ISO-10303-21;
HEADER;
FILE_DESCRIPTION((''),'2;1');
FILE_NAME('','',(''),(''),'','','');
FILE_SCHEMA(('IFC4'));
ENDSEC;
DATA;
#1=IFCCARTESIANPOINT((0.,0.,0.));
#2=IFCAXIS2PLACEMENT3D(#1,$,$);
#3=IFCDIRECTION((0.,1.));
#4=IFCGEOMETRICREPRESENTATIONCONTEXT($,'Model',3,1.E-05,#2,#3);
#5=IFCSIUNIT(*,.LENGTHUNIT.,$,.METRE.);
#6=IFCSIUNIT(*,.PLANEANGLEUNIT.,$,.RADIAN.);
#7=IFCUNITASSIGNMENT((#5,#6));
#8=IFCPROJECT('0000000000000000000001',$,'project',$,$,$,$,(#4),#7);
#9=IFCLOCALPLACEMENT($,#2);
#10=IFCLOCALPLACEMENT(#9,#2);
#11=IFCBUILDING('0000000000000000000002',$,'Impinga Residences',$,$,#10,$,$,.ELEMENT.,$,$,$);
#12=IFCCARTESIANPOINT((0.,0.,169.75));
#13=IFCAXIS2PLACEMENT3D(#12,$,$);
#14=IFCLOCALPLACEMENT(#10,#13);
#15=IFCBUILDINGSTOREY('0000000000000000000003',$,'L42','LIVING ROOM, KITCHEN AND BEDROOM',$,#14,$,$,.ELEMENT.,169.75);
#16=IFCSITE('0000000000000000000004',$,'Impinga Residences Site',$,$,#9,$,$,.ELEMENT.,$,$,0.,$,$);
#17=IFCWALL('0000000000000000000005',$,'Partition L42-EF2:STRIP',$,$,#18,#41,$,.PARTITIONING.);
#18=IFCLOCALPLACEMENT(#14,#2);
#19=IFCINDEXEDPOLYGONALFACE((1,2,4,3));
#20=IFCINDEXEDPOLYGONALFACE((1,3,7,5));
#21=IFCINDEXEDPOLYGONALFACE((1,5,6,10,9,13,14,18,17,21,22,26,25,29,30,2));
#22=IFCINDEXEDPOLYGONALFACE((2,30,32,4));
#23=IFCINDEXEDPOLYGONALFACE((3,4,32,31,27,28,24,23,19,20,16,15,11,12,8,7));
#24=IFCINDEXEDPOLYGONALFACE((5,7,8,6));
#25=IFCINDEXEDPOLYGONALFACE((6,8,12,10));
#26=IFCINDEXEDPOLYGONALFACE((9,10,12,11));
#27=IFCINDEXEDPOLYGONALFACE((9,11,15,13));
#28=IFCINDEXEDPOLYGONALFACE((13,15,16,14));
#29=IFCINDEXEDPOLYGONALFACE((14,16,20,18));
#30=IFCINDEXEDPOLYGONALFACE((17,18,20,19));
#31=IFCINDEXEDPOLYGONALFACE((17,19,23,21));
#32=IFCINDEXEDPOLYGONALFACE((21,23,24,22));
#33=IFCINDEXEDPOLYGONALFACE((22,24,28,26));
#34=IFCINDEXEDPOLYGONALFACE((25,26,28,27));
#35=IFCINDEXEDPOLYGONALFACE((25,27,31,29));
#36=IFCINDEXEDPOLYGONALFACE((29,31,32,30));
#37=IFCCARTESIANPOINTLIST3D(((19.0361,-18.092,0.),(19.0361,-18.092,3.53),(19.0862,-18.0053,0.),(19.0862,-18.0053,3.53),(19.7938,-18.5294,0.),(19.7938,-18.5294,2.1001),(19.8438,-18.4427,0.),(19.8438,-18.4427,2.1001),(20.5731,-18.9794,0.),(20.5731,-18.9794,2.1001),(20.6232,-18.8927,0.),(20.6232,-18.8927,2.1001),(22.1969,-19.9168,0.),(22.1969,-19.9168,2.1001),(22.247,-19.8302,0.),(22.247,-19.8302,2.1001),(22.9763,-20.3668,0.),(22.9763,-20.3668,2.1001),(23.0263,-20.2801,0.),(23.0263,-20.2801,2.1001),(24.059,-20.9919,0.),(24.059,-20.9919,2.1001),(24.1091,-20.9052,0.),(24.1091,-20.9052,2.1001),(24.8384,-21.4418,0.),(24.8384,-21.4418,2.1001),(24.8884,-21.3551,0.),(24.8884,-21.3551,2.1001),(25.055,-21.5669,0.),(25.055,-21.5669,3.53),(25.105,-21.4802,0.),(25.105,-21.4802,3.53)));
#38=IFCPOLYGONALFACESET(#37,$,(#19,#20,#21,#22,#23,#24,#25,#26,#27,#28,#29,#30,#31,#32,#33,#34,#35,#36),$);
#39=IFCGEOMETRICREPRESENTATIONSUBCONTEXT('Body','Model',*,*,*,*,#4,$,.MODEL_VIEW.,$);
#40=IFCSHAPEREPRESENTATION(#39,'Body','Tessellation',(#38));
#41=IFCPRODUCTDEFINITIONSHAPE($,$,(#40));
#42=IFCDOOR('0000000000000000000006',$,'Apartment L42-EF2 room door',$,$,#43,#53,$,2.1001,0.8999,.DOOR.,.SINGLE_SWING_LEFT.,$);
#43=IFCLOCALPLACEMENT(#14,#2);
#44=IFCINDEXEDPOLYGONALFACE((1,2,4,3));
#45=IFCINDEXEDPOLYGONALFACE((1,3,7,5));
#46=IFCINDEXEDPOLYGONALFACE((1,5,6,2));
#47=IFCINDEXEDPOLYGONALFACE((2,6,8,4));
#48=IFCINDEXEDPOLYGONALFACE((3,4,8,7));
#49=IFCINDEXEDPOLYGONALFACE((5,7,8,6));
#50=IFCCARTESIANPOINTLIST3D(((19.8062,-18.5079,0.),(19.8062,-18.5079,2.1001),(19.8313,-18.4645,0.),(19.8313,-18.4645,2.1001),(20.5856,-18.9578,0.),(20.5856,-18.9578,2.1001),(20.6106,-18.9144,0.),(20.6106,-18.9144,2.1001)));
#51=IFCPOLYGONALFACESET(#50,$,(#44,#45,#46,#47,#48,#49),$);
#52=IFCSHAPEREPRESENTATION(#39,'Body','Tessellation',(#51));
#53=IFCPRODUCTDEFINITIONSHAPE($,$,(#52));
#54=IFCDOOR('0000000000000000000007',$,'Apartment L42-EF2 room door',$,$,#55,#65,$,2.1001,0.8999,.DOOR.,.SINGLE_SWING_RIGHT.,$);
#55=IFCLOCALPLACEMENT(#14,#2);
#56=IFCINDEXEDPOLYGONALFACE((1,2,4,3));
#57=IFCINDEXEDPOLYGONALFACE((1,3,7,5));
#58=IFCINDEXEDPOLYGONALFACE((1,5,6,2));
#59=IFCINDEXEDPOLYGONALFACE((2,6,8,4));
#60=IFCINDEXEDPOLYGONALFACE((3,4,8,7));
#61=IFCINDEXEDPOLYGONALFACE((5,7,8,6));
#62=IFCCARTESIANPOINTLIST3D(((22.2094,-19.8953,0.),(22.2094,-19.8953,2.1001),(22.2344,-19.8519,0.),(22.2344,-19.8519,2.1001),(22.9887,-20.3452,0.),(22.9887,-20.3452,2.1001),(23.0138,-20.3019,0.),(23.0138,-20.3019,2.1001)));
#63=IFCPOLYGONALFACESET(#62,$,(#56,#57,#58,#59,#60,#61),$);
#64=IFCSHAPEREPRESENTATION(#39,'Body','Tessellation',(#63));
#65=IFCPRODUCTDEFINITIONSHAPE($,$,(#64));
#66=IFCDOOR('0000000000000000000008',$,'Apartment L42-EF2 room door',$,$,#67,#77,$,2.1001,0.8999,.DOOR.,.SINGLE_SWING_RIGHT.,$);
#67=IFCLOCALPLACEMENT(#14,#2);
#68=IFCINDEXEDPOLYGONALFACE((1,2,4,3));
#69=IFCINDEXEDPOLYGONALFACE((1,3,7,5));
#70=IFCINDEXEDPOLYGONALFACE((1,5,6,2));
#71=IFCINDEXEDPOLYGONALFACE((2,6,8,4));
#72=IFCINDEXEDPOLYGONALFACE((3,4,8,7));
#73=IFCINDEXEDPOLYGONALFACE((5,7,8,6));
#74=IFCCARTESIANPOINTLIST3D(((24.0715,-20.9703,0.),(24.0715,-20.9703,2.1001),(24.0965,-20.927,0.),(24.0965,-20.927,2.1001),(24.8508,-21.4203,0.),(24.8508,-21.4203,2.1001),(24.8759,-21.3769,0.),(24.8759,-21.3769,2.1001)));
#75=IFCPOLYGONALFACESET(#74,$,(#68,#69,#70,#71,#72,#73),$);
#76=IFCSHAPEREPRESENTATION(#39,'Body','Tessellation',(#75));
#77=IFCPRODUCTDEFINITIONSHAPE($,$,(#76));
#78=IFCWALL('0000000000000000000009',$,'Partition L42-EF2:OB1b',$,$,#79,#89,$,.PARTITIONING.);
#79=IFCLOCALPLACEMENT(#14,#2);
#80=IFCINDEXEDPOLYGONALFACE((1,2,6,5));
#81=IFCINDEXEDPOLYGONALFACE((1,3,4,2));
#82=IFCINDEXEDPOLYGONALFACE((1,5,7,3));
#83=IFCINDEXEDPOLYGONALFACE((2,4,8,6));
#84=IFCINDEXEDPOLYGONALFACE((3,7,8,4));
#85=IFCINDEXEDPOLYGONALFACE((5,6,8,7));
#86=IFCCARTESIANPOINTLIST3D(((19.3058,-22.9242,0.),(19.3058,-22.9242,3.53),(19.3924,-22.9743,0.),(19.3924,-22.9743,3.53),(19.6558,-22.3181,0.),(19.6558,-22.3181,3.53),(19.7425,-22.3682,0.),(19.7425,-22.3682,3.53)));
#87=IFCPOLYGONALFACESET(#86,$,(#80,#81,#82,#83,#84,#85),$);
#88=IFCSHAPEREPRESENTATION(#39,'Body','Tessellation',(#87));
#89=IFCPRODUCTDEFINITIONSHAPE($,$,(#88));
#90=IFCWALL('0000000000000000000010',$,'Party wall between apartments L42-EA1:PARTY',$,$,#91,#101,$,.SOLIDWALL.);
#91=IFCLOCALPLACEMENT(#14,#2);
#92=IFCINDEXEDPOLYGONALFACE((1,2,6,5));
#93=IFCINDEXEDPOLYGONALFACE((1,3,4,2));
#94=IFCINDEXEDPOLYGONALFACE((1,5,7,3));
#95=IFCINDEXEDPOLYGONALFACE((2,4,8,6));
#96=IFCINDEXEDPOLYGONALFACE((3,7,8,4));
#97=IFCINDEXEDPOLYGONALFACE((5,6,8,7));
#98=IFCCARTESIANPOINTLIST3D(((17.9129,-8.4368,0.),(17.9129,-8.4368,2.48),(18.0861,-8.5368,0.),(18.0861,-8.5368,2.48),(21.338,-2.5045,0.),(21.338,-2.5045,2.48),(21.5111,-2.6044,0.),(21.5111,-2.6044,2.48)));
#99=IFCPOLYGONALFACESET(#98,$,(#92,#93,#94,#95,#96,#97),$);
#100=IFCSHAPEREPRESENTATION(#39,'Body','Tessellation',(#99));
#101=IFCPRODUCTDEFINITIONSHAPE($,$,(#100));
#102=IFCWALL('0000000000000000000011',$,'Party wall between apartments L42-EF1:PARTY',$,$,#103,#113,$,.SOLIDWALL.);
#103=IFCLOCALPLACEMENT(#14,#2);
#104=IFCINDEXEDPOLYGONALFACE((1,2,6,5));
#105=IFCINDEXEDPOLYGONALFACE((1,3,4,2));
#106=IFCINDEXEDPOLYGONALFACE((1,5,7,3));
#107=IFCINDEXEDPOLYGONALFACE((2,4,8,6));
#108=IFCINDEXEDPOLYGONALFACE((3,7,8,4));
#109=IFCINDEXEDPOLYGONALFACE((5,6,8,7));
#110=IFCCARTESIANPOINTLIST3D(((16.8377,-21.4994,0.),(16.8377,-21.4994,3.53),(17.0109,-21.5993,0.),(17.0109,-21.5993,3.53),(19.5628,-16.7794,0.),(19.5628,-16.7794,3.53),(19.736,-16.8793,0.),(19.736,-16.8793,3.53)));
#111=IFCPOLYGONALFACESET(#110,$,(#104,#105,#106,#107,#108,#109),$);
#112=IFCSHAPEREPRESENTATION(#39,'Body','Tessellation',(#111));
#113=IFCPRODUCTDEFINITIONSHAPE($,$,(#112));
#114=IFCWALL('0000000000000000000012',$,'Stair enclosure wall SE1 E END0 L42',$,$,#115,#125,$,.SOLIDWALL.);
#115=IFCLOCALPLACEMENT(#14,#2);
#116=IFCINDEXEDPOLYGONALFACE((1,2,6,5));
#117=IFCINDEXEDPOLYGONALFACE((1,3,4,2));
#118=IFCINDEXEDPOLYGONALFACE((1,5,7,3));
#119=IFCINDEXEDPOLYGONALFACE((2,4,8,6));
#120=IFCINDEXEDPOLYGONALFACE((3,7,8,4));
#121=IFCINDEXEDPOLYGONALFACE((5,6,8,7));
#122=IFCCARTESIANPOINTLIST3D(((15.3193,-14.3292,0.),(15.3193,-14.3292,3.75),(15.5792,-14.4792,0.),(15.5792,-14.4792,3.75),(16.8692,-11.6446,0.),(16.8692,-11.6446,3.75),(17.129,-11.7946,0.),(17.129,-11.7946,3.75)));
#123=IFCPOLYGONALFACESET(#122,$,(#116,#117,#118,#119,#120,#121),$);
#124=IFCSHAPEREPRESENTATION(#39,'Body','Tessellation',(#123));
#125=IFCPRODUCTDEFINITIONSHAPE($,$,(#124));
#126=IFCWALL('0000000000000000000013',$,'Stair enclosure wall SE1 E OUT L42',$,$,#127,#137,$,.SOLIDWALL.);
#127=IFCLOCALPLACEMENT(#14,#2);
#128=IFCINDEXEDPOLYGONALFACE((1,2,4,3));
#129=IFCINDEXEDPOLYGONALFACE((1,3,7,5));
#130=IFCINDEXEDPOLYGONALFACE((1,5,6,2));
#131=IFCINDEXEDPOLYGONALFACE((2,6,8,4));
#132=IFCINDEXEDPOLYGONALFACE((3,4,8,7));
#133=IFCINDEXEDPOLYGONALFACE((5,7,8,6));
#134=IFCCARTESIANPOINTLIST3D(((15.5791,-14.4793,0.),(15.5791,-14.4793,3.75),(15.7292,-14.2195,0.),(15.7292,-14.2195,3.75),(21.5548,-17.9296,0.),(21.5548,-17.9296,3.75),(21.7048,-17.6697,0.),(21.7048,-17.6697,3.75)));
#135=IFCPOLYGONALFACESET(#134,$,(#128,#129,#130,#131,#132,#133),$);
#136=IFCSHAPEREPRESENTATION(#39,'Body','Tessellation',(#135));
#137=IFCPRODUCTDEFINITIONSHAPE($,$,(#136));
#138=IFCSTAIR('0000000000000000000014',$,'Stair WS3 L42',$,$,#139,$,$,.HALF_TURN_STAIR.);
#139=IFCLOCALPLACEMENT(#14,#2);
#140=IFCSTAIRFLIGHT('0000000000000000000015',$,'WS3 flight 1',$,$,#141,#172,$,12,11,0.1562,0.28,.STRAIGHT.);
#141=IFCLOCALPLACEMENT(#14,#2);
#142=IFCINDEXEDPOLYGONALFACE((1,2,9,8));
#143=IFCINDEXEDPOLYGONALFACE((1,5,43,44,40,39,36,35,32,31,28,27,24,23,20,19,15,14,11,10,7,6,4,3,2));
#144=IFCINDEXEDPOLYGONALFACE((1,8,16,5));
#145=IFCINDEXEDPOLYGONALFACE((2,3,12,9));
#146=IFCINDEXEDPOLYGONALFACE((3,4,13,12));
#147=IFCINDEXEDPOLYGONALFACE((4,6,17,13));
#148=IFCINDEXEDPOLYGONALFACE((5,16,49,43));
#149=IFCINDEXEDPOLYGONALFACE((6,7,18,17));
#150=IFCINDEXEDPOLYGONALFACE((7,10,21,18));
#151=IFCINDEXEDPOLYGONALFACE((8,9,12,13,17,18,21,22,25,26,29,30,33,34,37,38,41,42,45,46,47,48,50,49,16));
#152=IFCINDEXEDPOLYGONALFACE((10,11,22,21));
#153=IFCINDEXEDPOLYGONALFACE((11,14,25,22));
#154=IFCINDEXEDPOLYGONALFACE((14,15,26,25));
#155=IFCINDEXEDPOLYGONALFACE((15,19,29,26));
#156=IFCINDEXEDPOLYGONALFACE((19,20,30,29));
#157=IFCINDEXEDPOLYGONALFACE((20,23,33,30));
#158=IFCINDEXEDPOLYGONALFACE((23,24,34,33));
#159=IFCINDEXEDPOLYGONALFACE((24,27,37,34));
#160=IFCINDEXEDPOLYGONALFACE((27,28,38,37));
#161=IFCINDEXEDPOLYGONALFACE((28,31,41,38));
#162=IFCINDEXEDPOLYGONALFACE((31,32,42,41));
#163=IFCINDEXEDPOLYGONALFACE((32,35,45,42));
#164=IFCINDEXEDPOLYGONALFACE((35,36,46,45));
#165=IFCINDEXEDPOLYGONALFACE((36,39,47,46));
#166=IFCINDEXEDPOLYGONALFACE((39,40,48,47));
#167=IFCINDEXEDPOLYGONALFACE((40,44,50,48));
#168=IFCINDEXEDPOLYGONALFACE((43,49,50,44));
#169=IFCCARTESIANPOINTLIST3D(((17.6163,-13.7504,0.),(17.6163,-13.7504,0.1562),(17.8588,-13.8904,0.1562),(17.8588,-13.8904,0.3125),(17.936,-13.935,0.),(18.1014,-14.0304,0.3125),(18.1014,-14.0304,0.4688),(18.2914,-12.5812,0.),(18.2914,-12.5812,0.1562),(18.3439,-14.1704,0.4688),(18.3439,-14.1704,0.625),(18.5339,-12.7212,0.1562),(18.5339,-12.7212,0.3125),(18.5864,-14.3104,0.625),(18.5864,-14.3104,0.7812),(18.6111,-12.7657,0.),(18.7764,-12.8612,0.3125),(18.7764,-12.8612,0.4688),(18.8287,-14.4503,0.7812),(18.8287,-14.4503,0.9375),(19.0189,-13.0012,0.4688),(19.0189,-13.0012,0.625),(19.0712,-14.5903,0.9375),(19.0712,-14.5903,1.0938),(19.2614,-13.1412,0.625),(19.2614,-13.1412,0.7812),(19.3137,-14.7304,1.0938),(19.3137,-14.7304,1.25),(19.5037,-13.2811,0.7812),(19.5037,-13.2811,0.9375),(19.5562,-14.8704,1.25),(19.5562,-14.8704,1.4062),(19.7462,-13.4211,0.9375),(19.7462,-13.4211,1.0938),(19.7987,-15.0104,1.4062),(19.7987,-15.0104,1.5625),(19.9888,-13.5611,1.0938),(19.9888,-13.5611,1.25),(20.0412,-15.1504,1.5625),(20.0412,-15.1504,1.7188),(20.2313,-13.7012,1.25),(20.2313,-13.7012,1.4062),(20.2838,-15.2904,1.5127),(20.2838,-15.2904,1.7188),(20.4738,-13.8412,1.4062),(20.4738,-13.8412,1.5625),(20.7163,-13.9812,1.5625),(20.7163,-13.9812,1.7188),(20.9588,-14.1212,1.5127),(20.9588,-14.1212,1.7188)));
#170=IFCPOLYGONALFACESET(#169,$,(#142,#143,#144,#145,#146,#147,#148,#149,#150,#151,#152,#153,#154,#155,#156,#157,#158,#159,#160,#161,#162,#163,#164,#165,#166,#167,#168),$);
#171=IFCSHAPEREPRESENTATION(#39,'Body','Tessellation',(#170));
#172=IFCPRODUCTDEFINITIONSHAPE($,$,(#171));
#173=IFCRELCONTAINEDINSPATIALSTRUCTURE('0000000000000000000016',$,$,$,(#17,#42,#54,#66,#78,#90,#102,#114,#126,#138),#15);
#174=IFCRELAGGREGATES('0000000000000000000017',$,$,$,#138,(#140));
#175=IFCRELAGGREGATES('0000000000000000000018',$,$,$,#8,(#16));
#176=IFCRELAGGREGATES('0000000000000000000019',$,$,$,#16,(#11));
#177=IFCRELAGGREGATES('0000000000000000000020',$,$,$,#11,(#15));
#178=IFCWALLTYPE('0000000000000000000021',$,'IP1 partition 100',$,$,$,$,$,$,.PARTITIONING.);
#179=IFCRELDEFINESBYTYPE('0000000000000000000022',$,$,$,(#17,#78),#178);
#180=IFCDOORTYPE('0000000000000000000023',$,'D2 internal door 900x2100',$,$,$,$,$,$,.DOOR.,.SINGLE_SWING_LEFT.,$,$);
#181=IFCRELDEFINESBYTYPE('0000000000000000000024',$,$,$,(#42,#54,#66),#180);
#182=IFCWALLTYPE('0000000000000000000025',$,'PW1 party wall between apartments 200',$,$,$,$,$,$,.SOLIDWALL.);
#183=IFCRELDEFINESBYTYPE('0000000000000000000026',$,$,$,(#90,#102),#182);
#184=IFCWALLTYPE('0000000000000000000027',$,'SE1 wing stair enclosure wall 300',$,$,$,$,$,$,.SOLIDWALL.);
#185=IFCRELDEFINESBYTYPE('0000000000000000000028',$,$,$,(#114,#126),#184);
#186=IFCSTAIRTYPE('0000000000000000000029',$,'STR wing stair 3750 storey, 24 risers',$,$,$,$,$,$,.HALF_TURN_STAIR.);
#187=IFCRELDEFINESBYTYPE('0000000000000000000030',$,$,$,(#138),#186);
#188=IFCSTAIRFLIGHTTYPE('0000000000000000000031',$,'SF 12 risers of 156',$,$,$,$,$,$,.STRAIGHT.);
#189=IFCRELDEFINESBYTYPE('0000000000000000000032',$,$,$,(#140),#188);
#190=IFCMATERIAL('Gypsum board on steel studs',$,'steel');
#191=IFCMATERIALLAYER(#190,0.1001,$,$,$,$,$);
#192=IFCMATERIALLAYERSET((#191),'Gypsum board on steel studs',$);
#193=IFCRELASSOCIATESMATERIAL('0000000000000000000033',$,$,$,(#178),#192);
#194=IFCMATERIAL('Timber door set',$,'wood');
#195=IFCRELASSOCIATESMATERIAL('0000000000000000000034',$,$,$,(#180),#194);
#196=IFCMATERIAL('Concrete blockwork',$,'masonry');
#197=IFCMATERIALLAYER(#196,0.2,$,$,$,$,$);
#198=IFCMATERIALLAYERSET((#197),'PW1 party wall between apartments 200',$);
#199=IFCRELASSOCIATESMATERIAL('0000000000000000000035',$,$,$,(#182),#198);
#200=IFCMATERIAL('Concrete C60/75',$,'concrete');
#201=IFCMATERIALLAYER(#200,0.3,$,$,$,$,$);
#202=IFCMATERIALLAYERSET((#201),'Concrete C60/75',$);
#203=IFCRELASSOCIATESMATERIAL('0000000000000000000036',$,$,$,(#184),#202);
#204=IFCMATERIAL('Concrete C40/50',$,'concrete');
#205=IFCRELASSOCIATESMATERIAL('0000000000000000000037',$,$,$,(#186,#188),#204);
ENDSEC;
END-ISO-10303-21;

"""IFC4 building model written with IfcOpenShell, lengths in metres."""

from ifc_helpers import new_model, si_unit, direction, frame, frame_2d, origin, place, context, subcontext, project, spatial, polyline, rectangle, outline, extrude, material, layer, layer_set, type_object, element, fill, aggregate, save


model = new_model("IFC4")

# Units and contexts
model_context = context("Model", 3, precision=1e-05, world=origin(), true_north=direction((0.0, 1.0)))
body_context = subcontext(model_context, "Body", "Model", "MODEL_VIEW")
ifc_project = project(units=[si_unit("LENGTHUNIT", "METRE"), si_unit("PLANEANGLEUNIT", "RADIAN")], contexts=[model_context])

# Site, building, storey
site_placement = place(None, origin())
site = spatial("IfcSite", under=ifc_project, at=site_placement, Name="Impinga Residences Site", CompositionType="ELEMENT", RefElevation=0.0)
building_placement = place(site_placement, origin())
building = spatial("IfcBuilding", under=site, at=building_placement, Name="Impinga Residences", CompositionType="ELEMENT")
storey_placement = place(building_placement, frame((0.0, 0.0, 169.75)))
storey = spatial("IfcBuildingStorey", under=building, at=storey_placement, Name="L42", Description="LIVING ROOM, KITCHEN AND BEDROOM", CompositionType="ELEMENT", Elevation=169.75)

# Shared definitions
ifc_material_1 = material(Name="Concrete C60/75", Category="concrete")

# Shared definitions
ifc_material_2 = material(Name="Gypsum board on steel studs", Category="steel")
ifc_layer_1 = layer(ifc_material_2, 0.1001)
ifc_layer_set_1 = layer_set([ifc_layer_1], Name="Gypsum board on steel studs")
wall_type_1 = type_object("IfcWallType", Name="IP1 partition 100", PredefinedType="PARTITIONING", material=ifc_layer_set_1)

# Shared definitions
ifc_material_3 = material(Name="Timber door set", Category="wood")
door_type = type_object("IfcDoorType", Name="D2 internal door 900x2100", OperationType="SINGLE_SWING_LEFT", PredefinedType="DOOR", material=ifc_material_3)

# Wall, openings, doors
wall_1_placement = place(storey_placement, frame((19.061, -18.0486, 0.0), z_axis=(0.0, 0.0, 1.0), x_axis=(0.866032, -0.499989, 0.0)))
wall_1 = element("IfcWall", 1, at=wall_1_placement, inside=storey, type_object=wall_type_1, Name="Partition L42-EF2:STRIP", PredefinedType="PARTITIONING", context=body_context, shape_type="SweptSolid", body=[
    extrude(rectangle(XDim=6.95, YDim=0.1001, at=frame_2d((3.4751, 0.0))), origin(), (0.0, 0.0, 1.0), 3.53),
])
opening_1_placement = place(wall_1_placement, frame((0.875, 0.0, 0.0)))
opening_1 = element("IfcOpeningElement", 2, at=opening_1_placement, cuts=wall_1, PredefinedType="OPENING", context=body_context, shape_type="SweptSolid", body=[
    extrude(rectangle(XDim=0.8999, YDim=2.1001, at=frame_2d((0.45, 1.05))), frame((0.0, 0.0601, 0.0), z_axis=(0.0, -1.0, 0.0), x_axis=(1.0, 0.0, 0.0)), (0.0, 0.0, 1.0), 0.1201),
])
opening_2_placement = place(wall_1_placement, frame((3.6499, 0.0, 0.0)))
opening_2 = element("IfcOpeningElement", 3, at=opening_2_placement, cuts=wall_1, PredefinedType="OPENING", context=body_context, shape_type="SweptSolid", body=[
    extrude(rectangle(XDim=0.8999, YDim=2.1001, at=frame_2d((0.45, 1.05))), frame((0.0, 0.0601, 0.0), z_axis=(0.0, -1.0, 0.0), x_axis=(1.0, 0.0, 0.0)), (0.0, 0.0, 1.0), 0.1201),
])
opening_3_placement = place(wall_1_placement, frame((5.8, 0.0, 0.0)))
opening_3 = element("IfcOpeningElement", 4, at=opening_3_placement, cuts=wall_1, PredefinedType="OPENING", context=body_context, shape_type="SweptSolid", body=[
    extrude(rectangle(XDim=0.8999, YDim=2.1001, at=frame_2d((0.45, 1.05))), frame((0.0, 0.0601, 0.0), z_axis=(0.0, -1.0, 0.0), x_axis=(1.0, 0.0, 0.0)), (0.0, 0.0, 1.0), 0.1201),
])
door_1_placement = place(opening_1_placement, origin())
door_1 = element("IfcDoor", 5, at=door_1_placement, inside=storey, type_object=door_type, Name="Apartment L42-EF2 room door", OperationType="SINGLE_SWING_LEFT", OverallHeight=2.1001, OverallWidth=0.8999, PredefinedType="DOOR", context=body_context, shape_type="SweptSolid", body=[
    extrude(rectangle(XDim=0.8999, YDim=2.1001, at=frame_2d((0.45, 1.05))), frame((0.0, 0.0249, 0.0), z_axis=(0.0, -1.0, 0.0), x_axis=(1.0, 0.0, 0.0)), (0.0, 0.0, 1.0), 0.05),
])
fill(opening_1, door_1)
door_2_placement = place(opening_2_placement, origin())
door_2 = element("IfcDoor", 6, at=door_2_placement, inside=storey, type_object=door_type, Name="Apartment L42-EF2 room door", OperationType="SINGLE_SWING_RIGHT", OverallHeight=2.1001, OverallWidth=0.8999, PredefinedType="DOOR", context=body_context, shape_type="SweptSolid", body=[
    extrude(rectangle(XDim=0.8999, YDim=2.1001, at=frame_2d((0.45, 1.05))), frame((0.0, 0.0249, 0.0), z_axis=(0.0, -1.0, 0.0), x_axis=(1.0, 0.0, 0.0)), (0.0, 0.0, 1.0), 0.05),
])
fill(opening_2, door_2)
door_3_placement = place(opening_3_placement, origin())
door_3 = element("IfcDoor", 7, at=door_3_placement, inside=storey, type_object=door_type, Name="Apartment L42-EF2 room door", OperationType="SINGLE_SWING_RIGHT", OverallHeight=2.1001, OverallWidth=0.8999, PredefinedType="DOOR", context=body_context, shape_type="SweptSolid", body=[
    extrude(rectangle(XDim=0.8999, YDim=2.1001, at=frame_2d((0.45, 1.05))), frame((0.0, 0.0249, 0.0), z_axis=(0.0, -1.0, 0.0), x_axis=(1.0, 0.0, 0.0)), (0.0, 0.0, 1.0), 0.05),
])
fill(opening_3, door_3)

# Walls
wall_2_placement = place(storey_placement, frame((19.6992, -22.343, 0.0), z_axis=(0.0, 0.0, 1.0), x_axis=(-0.500115, -0.865959, 0.0)))
element("IfcWall", 8, at=wall_2_placement, inside=storey, type_object=wall_type_1, Name="Partition L42-EF2:OB1b", PredefinedType="PARTITIONING", context=body_context, shape_type="SweptSolid", body=[
    extrude(rectangle(XDim=0.7, YDim=0.1001, at=frame_2d((0.3501, 0.0))), origin(), (0.0, 0.0, 1.0), 3.53),
])
ifc_material_4 = material(Name="Concrete blockwork", Category="masonry")
ifc_layer_2 = layer(ifc_material_4, 0.2)
ifc_layer_set_2 = layer_set([ifc_layer_2], Name="PW1 party wall between apartments 200")
wall_type_2 = type_object("IfcWallType", Name="PW1 party wall between apartments 200", PredefinedType="SOLIDWALL", material=ifc_layer_set_2)
wall_3_placement = place(storey_placement, frame((17.9995, -8.4868, 0.0), z_axis=(0.0, 0.0, 1.0), x_axis=(0.499999, 0.866026, 0.0)))
element("IfcWall", 9, at=wall_3_placement, inside=storey, type_object=wall_type_2, Name="Party wall between apartments L42-EA1:PARTY", PredefinedType="SOLIDWALL", context=body_context, shape_type="SweptSolid", body=[
    extrude(rectangle(XDim=6.8501, YDim=0.2, at=frame_2d((3.425, 0.0))), origin(), (0.0, 0.0, 1.0), 2.48),
])
wall_4_placement = place(storey_placement, frame((19.6494, -16.8293, 0.0), z_axis=(0.0, 0.0, 1.0), x_axis=(-0.500003, -0.866024, 0.0)))
element("IfcWall", 10, at=wall_4_placement, inside=storey, type_object=wall_type_2, Name="Party wall between apartments L42-EF1:PARTY", PredefinedType="SOLIDWALL", context=body_context, shape_type="SweptSolid", body=[
    extrude(rectangle(XDim=5.4502, YDim=0.2, at=frame_2d((2.7251, 0.0))), origin(), (0.0, 0.0, 1.0), 3.53),
])
ifc_layer_3 = layer(ifc_material_1, 0.3)
ifc_layer_set_3 = layer_set([ifc_layer_3], Name="Concrete C60/75")
wall_type_3 = type_object("IfcWallType", Name="SE1 wing stair enclosure wall 300", PredefinedType="SOLIDWALL", material=ifc_layer_set_3)
wall_5_placement = place(storey_placement, frame((16.999, -11.7197, 0.0), z_axis=(0.0, 0.0, 1.0), x_axis=(-0.499968, -0.866044, 0.0)))
element("IfcWall", 11, at=wall_5_placement, inside=storey, type_object=wall_type_3, Name="Stair enclosure wall SE1 E END0 L42", PredefinedType="SOLIDWALL", context=body_context, shape_type="SweptSolid", body=[
    extrude(rectangle(XDim=3.0999, YDim=0.3, at=frame_2d((1.5498, 0.0))), origin(), (0.0, 0.0, 1.0), 3.75),
])
wall_6_placement = place(storey_placement, frame((15.6541, -14.3494, 0.0), z_axis=(0.0, 0.0, 1.0), x_axis=(0.866014, -0.500021, 0.0)))
element("IfcWall", 12, at=wall_6_placement, inside=storey, type_object=wall_type_3, Name="Stair enclosure wall SE1 E OUT L42", PredefinedType="SOLIDWALL", context=body_context, shape_type="SweptSolid", body=[
    extrude(rectangle(XDim=6.9001, YDim=0.3, at=frame_2d((3.4502, 0.0))), origin(), (0.0, 0.0, 1.0), 3.75),
])

# Stair, stair flight
ifc_material_5 = material(Name="Concrete C40/50", Category="concrete")
stair_type = type_object("IfcStairType", Name="STR wing stair 3750 storey, 24 risers", PredefinedType="HALF_TURN_STAIR", material=ifc_material_5)
stair_placement = place(storey_placement, origin())
stair = element("IfcStair", 13, at=stair_placement, inside=storey, type_object=stair_type, Name="Stair WS3 L42", PredefinedType="HALF_TURN_STAIR")
stair_flight_type = type_object("IfcStairFlightType", Name="SF 12 risers of 156", PredefinedType="STRAIGHT", material=ifc_material_5)
stair_flight_1_placement = place(storey_placement, frame((17.9539, -13.1658, 0.0), z_axis=(0.0, 0.0, 1.0), x_axis=(0.866025, -0.5, 0.0)))
stair_flight_1 = element("IfcStairFlight", 14, at=stair_flight_1_placement, type_object=stair_flight_type, Name="WS3 flight 1", NumberOfRisers=12, NumberOfTreads=11, PredefinedType="STRAIGHT", RiserHeight=0.1562, TreadLength=0.28, context=body_context, shape_type="SweptSolid", body=[
    extrude(outline(polyline([(0.0, 0.0), (0.0, 0.1562), (0.28, 0.1562), (0.28, 0.3125), (0.5601, 0.3125), (0.5601, 0.4688), (0.8401, 0.4688), (0.8401, 0.625), (1.1201, 0.625), (1.1201, 0.7812), (1.3999, 0.7812), (1.3999, 0.9375), (1.6799, 0.9375), (1.6799, 1.0938), (1.96, 1.0938), (1.96, 1.25), (2.24, 1.25), (2.24, 1.4062), (2.52, 1.4062), (2.52, 1.5625), (2.8, 1.5625), (2.8, 1.7188), (3.0801, 1.7188), (3.0801, 1.875), (3.0801, 1.5127), (0.3691, 0.0), (0.0, 0.0)])), frame((0.0, 0.675, 0.0), z_axis=(0.0, -1.0, 0.0), x_axis=(1.0, 0.0, 0.0)), (0.0, 0.0, 1.0), 1.3501),
])
aggregate(stair, [stair_flight_1])

save(model, "model.ifc")
